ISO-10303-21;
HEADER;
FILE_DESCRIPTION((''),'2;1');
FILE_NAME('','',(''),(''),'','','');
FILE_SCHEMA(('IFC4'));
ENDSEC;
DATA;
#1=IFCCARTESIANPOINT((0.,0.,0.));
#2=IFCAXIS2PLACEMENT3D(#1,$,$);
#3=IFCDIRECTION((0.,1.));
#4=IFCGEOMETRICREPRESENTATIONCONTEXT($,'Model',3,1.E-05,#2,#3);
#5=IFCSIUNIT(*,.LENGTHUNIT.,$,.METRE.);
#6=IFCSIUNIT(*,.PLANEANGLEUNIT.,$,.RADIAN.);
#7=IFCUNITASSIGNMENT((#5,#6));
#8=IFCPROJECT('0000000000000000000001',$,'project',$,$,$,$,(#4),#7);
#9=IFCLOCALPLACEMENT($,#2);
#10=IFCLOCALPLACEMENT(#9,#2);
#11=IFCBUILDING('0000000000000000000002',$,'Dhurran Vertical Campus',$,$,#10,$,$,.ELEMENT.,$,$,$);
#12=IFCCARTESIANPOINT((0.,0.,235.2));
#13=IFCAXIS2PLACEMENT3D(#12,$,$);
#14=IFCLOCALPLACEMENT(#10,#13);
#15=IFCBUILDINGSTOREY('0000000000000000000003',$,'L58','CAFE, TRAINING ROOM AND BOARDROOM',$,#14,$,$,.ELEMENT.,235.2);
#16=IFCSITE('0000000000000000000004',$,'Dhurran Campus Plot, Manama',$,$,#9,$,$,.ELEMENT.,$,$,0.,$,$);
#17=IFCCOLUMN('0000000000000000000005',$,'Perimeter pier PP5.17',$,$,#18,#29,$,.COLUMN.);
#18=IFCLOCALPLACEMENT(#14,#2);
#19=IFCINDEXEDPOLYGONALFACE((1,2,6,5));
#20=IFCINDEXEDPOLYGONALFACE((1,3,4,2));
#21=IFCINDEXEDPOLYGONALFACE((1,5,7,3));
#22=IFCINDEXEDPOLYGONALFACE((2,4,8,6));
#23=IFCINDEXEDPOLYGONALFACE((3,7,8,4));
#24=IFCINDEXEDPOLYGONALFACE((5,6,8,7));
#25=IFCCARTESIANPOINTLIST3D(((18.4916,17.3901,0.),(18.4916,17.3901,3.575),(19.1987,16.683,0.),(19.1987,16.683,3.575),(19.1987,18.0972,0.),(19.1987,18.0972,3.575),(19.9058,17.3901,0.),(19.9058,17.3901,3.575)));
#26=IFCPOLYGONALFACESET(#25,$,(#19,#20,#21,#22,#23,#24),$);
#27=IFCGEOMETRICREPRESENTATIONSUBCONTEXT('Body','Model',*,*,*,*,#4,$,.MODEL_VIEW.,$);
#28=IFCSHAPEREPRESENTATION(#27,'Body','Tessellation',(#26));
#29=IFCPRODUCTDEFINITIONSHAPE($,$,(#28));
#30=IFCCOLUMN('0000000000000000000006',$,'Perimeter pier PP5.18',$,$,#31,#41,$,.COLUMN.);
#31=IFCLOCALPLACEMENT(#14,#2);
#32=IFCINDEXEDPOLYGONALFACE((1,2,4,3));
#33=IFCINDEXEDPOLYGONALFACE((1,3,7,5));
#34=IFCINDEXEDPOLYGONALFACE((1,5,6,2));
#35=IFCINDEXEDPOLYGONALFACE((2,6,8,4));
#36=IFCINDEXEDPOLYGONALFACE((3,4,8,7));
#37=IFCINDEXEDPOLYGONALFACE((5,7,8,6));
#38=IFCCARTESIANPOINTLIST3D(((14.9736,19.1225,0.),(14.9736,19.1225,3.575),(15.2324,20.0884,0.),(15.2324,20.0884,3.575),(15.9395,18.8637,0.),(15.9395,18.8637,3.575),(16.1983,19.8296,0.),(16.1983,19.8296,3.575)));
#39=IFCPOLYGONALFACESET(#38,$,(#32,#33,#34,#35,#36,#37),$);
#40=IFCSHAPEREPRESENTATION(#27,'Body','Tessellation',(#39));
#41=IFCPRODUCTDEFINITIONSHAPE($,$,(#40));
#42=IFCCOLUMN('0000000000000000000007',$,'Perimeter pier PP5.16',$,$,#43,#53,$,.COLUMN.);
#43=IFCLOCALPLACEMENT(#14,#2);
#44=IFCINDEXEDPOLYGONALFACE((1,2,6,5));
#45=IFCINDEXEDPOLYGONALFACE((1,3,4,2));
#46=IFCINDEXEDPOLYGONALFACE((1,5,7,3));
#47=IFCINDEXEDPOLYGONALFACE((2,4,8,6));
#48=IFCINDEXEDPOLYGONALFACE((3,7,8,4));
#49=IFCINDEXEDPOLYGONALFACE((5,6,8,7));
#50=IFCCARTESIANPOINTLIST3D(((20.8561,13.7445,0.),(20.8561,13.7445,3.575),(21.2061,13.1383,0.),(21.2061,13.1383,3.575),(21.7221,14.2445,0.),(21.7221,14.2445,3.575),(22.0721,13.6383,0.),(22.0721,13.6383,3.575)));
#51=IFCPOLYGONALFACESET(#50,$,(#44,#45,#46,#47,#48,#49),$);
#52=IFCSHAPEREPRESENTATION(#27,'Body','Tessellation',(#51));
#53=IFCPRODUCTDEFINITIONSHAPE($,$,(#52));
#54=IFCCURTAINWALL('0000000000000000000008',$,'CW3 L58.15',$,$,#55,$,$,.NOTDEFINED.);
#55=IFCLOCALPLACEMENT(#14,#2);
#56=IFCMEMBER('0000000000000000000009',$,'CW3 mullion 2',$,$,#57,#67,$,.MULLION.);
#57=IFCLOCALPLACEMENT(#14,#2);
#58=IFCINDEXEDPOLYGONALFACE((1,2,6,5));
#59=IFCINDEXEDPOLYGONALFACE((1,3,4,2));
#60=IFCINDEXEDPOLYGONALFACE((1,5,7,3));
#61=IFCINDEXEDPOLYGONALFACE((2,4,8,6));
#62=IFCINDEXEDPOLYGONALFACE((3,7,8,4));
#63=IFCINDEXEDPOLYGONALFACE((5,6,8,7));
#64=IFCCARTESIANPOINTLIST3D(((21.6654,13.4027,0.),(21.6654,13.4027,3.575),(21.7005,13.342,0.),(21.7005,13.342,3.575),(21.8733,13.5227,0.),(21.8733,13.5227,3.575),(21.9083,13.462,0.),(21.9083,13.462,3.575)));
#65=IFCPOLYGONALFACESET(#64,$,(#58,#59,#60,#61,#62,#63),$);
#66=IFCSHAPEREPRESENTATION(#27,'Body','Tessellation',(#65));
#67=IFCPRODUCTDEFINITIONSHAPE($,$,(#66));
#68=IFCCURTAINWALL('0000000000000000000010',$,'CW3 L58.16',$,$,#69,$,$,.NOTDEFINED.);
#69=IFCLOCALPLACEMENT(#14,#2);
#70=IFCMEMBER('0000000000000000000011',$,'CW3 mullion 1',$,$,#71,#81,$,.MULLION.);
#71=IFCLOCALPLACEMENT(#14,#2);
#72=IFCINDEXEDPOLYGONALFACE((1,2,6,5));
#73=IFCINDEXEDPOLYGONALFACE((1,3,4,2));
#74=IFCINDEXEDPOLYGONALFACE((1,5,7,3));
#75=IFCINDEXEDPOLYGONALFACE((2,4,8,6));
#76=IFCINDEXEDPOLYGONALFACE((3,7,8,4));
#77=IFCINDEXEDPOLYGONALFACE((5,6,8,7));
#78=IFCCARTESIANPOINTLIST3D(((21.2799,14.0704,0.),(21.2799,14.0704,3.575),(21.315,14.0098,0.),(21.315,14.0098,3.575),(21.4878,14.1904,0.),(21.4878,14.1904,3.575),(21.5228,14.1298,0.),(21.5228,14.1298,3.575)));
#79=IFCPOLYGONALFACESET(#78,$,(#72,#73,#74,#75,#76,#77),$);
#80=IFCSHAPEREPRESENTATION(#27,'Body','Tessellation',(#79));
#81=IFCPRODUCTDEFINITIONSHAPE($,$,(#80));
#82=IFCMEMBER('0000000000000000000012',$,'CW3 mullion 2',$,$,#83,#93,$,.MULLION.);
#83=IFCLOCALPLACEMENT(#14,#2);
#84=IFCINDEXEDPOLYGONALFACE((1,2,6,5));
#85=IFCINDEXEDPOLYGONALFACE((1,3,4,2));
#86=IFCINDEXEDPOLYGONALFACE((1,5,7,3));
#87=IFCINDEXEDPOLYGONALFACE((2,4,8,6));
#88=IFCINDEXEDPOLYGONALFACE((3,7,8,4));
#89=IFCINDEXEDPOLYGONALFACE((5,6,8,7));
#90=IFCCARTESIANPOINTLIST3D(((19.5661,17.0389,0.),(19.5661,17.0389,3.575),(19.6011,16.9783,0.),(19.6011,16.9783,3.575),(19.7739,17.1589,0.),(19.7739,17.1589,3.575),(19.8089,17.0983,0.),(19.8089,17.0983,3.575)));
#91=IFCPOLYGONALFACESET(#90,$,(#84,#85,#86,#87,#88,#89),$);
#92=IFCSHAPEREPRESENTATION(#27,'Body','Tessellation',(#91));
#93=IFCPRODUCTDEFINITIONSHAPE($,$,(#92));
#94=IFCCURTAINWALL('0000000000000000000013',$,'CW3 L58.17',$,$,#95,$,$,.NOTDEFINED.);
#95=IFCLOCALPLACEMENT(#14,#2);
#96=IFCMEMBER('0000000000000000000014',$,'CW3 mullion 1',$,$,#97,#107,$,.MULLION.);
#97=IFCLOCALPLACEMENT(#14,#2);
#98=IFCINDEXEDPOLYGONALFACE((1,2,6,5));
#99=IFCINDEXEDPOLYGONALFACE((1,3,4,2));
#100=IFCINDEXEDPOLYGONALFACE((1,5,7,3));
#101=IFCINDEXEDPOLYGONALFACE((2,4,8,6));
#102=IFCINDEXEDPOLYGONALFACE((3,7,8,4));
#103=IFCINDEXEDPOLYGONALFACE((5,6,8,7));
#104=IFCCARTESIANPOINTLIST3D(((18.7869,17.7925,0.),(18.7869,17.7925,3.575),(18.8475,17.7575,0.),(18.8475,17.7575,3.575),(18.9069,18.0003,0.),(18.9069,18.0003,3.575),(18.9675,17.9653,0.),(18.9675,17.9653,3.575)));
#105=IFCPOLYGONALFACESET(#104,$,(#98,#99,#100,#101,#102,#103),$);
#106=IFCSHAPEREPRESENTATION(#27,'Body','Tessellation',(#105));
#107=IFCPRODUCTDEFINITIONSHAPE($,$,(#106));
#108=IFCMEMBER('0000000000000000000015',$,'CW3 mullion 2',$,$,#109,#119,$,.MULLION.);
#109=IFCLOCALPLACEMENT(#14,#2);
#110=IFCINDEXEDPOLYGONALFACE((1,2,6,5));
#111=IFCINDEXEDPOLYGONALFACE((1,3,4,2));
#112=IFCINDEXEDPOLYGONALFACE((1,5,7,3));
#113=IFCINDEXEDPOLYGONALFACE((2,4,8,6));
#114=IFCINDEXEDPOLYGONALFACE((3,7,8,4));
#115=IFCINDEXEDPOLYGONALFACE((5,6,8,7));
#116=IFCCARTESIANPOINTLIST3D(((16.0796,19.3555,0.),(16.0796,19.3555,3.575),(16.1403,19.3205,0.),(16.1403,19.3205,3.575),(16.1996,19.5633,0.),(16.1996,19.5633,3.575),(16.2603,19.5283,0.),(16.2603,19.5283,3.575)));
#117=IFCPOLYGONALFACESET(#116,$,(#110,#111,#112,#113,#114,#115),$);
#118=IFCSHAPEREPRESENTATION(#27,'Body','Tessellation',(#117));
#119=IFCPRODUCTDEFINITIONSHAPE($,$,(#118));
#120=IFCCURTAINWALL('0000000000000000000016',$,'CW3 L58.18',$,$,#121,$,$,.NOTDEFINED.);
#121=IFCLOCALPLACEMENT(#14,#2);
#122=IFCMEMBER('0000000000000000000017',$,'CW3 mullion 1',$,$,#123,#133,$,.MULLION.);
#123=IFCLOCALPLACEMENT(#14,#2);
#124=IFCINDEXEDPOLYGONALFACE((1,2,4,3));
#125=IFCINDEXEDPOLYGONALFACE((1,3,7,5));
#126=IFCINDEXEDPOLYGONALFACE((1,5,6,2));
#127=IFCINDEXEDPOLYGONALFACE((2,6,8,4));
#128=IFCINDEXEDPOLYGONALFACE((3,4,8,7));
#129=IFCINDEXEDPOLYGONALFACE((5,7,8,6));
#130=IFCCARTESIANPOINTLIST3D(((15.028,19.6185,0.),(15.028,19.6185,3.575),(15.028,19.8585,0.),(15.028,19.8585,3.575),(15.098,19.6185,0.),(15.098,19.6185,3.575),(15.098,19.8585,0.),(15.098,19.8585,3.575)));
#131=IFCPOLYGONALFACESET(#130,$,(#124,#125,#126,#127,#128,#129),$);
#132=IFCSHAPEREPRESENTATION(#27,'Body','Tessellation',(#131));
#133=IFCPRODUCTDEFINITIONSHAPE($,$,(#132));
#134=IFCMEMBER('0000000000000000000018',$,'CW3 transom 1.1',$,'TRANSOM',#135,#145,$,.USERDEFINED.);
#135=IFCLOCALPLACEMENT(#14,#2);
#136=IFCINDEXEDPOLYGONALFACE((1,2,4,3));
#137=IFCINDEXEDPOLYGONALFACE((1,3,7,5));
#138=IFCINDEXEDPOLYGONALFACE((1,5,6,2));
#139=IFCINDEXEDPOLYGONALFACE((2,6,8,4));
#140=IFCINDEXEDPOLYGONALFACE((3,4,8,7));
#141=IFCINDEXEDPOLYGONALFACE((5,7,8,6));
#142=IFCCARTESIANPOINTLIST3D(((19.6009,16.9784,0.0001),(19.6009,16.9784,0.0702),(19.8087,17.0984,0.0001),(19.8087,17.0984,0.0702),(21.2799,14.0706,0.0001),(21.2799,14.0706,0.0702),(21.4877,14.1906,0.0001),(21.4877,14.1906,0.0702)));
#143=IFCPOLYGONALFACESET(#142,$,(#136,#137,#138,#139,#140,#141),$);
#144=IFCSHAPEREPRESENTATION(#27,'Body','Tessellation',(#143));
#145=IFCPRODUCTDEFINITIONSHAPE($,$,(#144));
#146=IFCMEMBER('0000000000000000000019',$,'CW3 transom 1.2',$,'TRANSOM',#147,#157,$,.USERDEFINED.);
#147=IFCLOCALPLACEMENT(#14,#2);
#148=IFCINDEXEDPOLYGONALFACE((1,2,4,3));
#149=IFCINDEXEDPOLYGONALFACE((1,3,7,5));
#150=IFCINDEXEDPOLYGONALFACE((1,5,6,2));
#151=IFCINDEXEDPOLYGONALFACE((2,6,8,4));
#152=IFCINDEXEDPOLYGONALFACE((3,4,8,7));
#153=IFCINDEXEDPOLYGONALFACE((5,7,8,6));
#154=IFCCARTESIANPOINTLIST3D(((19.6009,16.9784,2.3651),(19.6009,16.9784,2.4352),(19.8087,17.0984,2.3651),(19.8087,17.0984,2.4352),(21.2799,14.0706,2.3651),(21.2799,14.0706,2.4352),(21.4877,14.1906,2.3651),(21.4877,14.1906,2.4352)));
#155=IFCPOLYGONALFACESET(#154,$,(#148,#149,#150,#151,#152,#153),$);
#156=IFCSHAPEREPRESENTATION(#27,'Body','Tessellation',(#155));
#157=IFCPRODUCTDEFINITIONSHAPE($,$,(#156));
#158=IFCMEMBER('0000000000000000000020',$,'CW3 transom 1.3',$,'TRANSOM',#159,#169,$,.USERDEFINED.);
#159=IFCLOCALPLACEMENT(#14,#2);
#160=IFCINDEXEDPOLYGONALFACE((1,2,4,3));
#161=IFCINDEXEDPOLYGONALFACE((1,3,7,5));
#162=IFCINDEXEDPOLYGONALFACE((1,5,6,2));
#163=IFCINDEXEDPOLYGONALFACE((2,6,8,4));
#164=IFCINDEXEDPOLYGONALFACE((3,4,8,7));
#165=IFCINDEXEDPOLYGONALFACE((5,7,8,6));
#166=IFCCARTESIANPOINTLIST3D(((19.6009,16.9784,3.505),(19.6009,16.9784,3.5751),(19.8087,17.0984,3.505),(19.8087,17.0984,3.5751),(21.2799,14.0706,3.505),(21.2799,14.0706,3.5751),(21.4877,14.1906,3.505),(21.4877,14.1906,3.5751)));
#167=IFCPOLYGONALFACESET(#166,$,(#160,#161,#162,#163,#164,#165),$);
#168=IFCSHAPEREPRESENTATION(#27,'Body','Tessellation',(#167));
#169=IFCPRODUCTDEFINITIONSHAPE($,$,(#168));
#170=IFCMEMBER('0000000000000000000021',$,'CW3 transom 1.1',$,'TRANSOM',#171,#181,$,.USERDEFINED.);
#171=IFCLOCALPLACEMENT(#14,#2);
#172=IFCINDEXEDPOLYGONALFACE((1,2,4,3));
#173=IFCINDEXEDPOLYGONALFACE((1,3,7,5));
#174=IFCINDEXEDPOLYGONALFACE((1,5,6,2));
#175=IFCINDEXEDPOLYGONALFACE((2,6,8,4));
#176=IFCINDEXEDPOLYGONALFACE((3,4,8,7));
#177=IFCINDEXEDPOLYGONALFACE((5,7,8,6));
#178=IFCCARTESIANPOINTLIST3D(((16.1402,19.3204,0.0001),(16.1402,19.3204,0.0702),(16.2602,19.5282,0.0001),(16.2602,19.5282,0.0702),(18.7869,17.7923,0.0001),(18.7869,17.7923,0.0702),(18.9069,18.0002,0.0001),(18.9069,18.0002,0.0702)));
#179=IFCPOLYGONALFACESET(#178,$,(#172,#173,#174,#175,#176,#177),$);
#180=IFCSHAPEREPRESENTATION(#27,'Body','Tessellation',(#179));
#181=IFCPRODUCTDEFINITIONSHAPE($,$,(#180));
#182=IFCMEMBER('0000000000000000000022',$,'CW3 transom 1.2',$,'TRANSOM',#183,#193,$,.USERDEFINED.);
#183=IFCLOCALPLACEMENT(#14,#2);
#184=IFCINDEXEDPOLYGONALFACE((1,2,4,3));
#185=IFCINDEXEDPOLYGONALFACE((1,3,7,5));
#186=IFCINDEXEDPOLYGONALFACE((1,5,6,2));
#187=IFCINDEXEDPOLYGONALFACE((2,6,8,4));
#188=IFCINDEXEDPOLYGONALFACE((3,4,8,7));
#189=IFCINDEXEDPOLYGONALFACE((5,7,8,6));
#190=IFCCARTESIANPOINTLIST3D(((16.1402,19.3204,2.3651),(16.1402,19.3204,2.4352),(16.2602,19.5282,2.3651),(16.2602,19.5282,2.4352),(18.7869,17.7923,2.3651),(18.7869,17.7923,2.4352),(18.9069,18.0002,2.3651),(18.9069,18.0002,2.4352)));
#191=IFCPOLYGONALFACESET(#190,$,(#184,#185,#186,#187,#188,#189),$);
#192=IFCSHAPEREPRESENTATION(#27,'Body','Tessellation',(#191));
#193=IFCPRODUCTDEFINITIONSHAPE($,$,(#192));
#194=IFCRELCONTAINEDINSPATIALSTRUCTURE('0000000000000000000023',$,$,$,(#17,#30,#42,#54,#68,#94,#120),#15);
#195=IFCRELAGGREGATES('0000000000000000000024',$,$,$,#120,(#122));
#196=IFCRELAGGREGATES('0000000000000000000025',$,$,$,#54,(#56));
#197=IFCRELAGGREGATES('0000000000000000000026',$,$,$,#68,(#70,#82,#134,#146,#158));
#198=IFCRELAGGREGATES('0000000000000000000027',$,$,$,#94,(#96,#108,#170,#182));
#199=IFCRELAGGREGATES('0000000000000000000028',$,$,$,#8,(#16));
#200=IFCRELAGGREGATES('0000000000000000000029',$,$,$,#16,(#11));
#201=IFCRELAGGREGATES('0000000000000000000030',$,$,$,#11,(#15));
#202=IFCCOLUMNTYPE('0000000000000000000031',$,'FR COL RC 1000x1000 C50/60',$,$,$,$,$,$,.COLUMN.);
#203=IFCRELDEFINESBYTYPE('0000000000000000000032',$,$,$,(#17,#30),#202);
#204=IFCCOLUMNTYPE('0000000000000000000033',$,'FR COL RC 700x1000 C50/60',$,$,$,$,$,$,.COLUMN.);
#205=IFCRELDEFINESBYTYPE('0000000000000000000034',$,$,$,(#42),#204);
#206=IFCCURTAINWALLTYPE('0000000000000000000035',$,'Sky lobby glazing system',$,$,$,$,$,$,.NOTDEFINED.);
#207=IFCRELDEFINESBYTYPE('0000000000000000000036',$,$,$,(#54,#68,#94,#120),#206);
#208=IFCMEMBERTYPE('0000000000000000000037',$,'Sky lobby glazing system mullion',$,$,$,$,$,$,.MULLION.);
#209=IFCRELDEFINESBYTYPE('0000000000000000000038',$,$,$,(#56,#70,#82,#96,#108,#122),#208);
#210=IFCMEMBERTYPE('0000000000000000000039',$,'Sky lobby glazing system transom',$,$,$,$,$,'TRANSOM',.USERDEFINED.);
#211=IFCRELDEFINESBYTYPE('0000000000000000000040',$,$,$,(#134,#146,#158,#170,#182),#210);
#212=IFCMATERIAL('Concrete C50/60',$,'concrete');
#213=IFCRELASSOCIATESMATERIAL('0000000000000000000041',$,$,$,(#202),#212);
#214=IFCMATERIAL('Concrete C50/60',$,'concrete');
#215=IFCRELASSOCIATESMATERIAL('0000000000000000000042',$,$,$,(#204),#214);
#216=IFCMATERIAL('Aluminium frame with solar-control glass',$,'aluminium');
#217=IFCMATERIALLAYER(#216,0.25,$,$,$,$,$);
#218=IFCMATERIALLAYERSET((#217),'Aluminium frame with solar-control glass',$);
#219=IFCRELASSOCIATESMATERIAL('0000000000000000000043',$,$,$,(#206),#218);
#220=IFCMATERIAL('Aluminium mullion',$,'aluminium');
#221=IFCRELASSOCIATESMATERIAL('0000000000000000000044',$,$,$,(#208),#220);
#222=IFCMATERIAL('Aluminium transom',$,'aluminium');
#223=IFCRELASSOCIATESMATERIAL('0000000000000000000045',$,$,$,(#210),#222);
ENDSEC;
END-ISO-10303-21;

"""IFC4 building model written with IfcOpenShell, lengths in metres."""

from ifc_helpers import new_model, si_unit, direction, frame, origin, origin_2d, place, context, subcontext, project, spatial, rectangle, extrude, material, layer, layer_set, material_profile, profile_set, type_object, element, aggregate, save


model = new_model("IFC4")

# Units and contexts
model_context = context("Model", 3, precision=1e-05, world=origin(), true_north=direction((0.0, 1.0)))
body_context = subcontext(model_context, "Body", "Model", "MODEL_VIEW")
ifc_project = project(units=[si_unit("LENGTHUNIT", "METRE"), si_unit("PLANEANGLEUNIT", "RADIAN")], contexts=[model_context])

# Site, building, storey
site_placement = place(None, origin())
site = spatial("IfcSite", under=ifc_project, at=site_placement, Name="Dhurran Campus Plot, Manama", CompositionType="ELEMENT", RefElevation=0.0)
building_placement = place(site_placement, origin())
building = spatial("IfcBuilding", under=site, at=building_placement, Name="Dhurran Vertical Campus", CompositionType="ELEMENT")
storey_placement = place(building_placement, frame((0.0, 0.0, 235.2)))
storey = spatial("IfcBuildingStorey", under=building, at=storey_placement, Name="L58", Description="CAFE, TRAINING ROOM AND BOARDROOM", CompositionType="ELEMENT", Elevation=235.2)

# Columns
ifc_material_1 = material(Name="Concrete C50/60", Category="concrete")
ifc_material_profile_1 = material_profile(ifc_material_1, rectangle(XDim=1.0, YDim=1.0, at=origin_2d()), Name="RC 1000x1000")
ifc_profile_set_1 = profile_set([ifc_material_profile_1], Name="Concrete C50/60")
column_type_1 = type_object("IfcColumnType", Name="FR COL RC 1000x1000 C50/60", PredefinedType="COLUMN", material=ifc_profile_set_1)
for number, where, z_axis, x_axis, name in (
    (1, (19.1987, 17.3901, 0.0), (0.0, 0.0, 1.0), (-0.707107, 0.707107, 0.0), "Perimeter pier PP5.17"),
    (2, (15.5859, 19.4761, 0.0), (0.0, 0.0, 1.0), (-0.965926, 0.258819, 0.0), "Perimeter pier PP5.18"),
):
    element("IfcColumn", number, at=place(storey_placement, frame(where, z_axis=z_axis, x_axis=x_axis)), inside=storey, type_object=column_type_1, Name=name, PredefinedType="COLUMN", context=body_context, shape_type="SweptSolid", body=[
        extrude(rectangle(XDim=1.0, YDim=1.0, at=origin_2d()), origin(), (0.0, 0.0, 1.0), 3.575),
    ])
ifc_material_2 = material(Name="Concrete C50/60", Category="concrete")
ifc_material_profile_2 = material_profile(ifc_material_2, rectangle(XDim=0.7, YDim=1.0, at=origin_2d()), Name="RC 700x1000")
ifc_profile_set_2 = profile_set([ifc_material_profile_2], Name="Concrete C50/60")
column_type_2 = type_object("IfcColumnType", Name="FR COL RC 700x1000 C50/60", PredefinedType="COLUMN", material=ifc_profile_set_2)
column_placement = place(storey_placement, frame((21.4641, 13.6914, 0.0), z_axis=(0.0, 0.0, 1.0), x_axis=(-0.5, 0.866025, 0.0)))
element("IfcColumn", 3, at=column_placement, inside=storey, type_object=column_type_2, Name="Perimeter pier PP5.16", PredefinedType="COLUMN", context=body_context, shape_type="SweptSolid", body=[
    extrude(rectangle(XDim=0.7, YDim=1.0, at=origin_2d()), origin(), (0.0, 0.0, 1.0), 3.575),
])

# Curtain wall, member
ifc_material_3 = material(Name="Aluminium frame with solar-control glass", Category="aluminium")
ifc_layer_1 = layer(ifc_material_3, 0.25)
ifc_layer_set_1 = layer_set([ifc_layer_1], Name="Aluminium frame with solar-control glass")
curtain_wall_type = type_object("IfcCurtainWallType", Name="Sky lobby glazing system", PredefinedType="NOTDEFINED", material=ifc_layer_set_1)
curtain_wall_1_placement = place(storey_placement, origin())
curtain_wall_1 = element("IfcCurtainWall", 4, at=curtain_wall_1_placement, inside=storey, type_object=curtain_wall_type, Name="CW3 L58.15", PredefinedType="NOTDEFINED")
ifc_material_4 = material(Name="Aluminium mullion", Category="aluminium")
ifc_material_profile_3 = material_profile(ifc_material_4, rectangle(XDim=0.24, YDim=0.0701, at=origin_2d()), Name="Sky lobby glazing system mullion")
ifc_profile_set_3 = profile_set([ifc_material_profile_3], Name="Aluminium mullion")
member_type_1 = type_object("IfcMemberType", Name="Sky lobby glazing system mullion", PredefinedType="MULLION", material=ifc_profile_set_3)
member_1_placement = place(storey_placement, frame((21.7869, 13.4324, 0.0), z_axis=(0.0, 0.0, 1.0), x_axis=(-0.866023, -0.500003, 0.0)))
member_1 = element("IfcMember", 5, at=member_1_placement, type_object=member_type_1, Name="CW3 mullion 2", PredefinedType="MULLION", context=body_context, shape_type="SweptSolid", body=[
    extrude(rectangle(XDim=0.24, YDim=0.0701, at=origin_2d()), origin(), (0.0, 0.0, 1.0), 3.575),
])

# Curtain walls, members
curtain_wall_2_placement = place(storey_placement, origin())
curtain_wall_2 = element("IfcCurtainWall", 6, at=curtain_wall_2_placement, inside=storey, type_object=curtain_wall_type, Name="CW3 L58.16", PredefinedType="NOTDEFINED")
member_2_placement = place(storey_placement, frame((21.4014, 14.1001, 0.0), z_axis=(0.0, 0.0, 1.0), x_axis=(-0.866019, -0.50001, 0.0)))
member_2 = element("IfcMember", 7, at=member_2_placement, type_object=member_type_1, Name="CW3 mullion 1", PredefinedType="MULLION", context=body_context, shape_type="SweptSolid", body=[
    extrude(rectangle(XDim=0.24, YDim=0.0701, at=origin_2d()), origin(), (0.0, 0.0, 1.0), 3.575),
])
member_3_placement = place(storey_placement, frame((19.6875, 17.0686, 0.0), z_axis=(0.0, 0.0, 1.0), x_axis=(-0.866019, -0.50001, 0.0)))
member_3 = element("IfcMember", 8, at=member_3_placement, type_object=member_type_1, Name="CW3 mullion 2", PredefinedType="MULLION", context=body_context, shape_type="SweptSolid", body=[
    extrude(rectangle(XDim=0.24, YDim=0.0701, at=origin_2d()), origin(), (0.0, 0.0, 1.0), 3.575),
])
curtain_wall_3_placement = place(storey_placement, origin())
curtain_wall_3 = element("IfcCurtainWall", 9, at=curtain_wall_3_placement, inside=storey, type_object=curtain_wall_type, Name="CW3 L58.17", PredefinedType="NOTDEFINED")
member_4_placement = place(storey_placement, frame((18.8772, 17.8789, 0.0), z_axis=(0.0, 0.0, 1.0), x_axis=(-0.499999, -0.866026, 0.0)))
member_4 = element("IfcMember", 10, at=member_4_placement, type_object=member_type_1, Name="CW3 mullion 1", PredefinedType="MULLION", context=body_context, shape_type="SweptSolid", body=[
    extrude(rectangle(XDim=0.24, YDim=0.0701, at=origin_2d()), origin(), (0.0, 0.0, 1.0), 3.575),
])
member_5_placement = place(storey_placement, frame((16.1699, 19.4419, 0.0), z_axis=(0.0, 0.0, 1.0), x_axis=(-0.499999, -0.866026, 0.0)))
member_5 = element("IfcMember", 11, at=member_5_placement, type_object=member_type_1, Name="CW3 mullion 2", PredefinedType="MULLION", context=body_context, shape_type="SweptSolid", body=[
    extrude(rectangle(XDim=0.24, YDim=0.0701, at=origin_2d()), origin(), (0.0, 0.0, 1.0), 3.575),
])

# Curtain wall, member
curtain_wall_4_placement = place(storey_placement, origin())
curtain_wall_4 = element("IfcCurtainWall", 12, at=curtain_wall_4_placement, inside=storey, type_object=curtain_wall_type, Name="CW3 L58.18", PredefinedType="NOTDEFINED")
member_6_placement = place(storey_placement, frame((15.063, 19.7385, 0.0), z_axis=(0.0, 0.0, 1.0), x_axis=(0.0, -1.0, 0.0)))
member_6 = element("IfcMember", 13, at=member_6_placement, type_object=member_type_1, Name="CW3 mullion 1", PredefinedType="MULLION", context=body_context, shape_type="SweptSolid", body=[
    extrude(rectangle(XDim=0.24, YDim=0.0701, at=origin_2d()), origin(), (0.0, 0.0, 1.0), 3.575),
])

# Members
ifc_material_5 = material(Name="Aluminium transom", Category="aluminium")
ifc_material_profile_4 = material_profile(ifc_material_5, rectangle(XDim=0.24, YDim=0.0701, at=origin_2d()), Name="Sky lobby glazing system transom")
ifc_profile_set_4 = profile_set([ifc_material_profile_4], Name="Aluminium transom")
member_type_2 = type_object("IfcMemberType", Name="Sky lobby glazing system transom", ElementType="TRANSOM", PredefinedType="USERDEFINED", material=ifc_profile_set_4)
member_7_placement = place(storey_placement, frame((21.3838, 14.1306, 0.0352), z_axis=(-0.500041, 0.866002, 0.0), x_axis=(-0.866002, -0.500041, 0.0)))
member_7 = element("IfcMember", 14, at=member_7_placement, type_object=member_type_2, Name="CW3 transom 1.1", ObjectType="TRANSOM", PredefinedType="USERDEFINED", context=body_context, shape_type="SweptSolid", body=[
    extrude(rectangle(XDim=0.24, YDim=0.0701, at=origin_2d()), origin(), (0.0, 0.0, 1.0), 3.3577),
])
member_8_placement = place(storey_placement, frame((21.3838, 14.1306, 2.4001), z_axis=(-0.500041, 0.866002, 0.0), x_axis=(-0.866002, -0.500041, 0.0)))
member_8 = element("IfcMember", 15, at=member_8_placement, type_object=member_type_2, Name="CW3 transom 1.2", ObjectType="TRANSOM", PredefinedType="USERDEFINED", context=body_context, shape_type="SweptSolid", body=[
    extrude(rectangle(XDim=0.24, YDim=0.0701, at=origin_2d()), origin(), (0.0, 0.0, 1.0), 3.3577),
])
member_9_placement = place(storey_placement, frame((21.3838, 14.1306, 3.54), z_axis=(-0.500041, 0.866002, 0.0), x_axis=(-0.866002, -0.500041, 0.0)))
member_9 = element("IfcMember", 16, at=member_9_placement, type_object=member_type_2, Name="CW3 transom 1.3", ObjectType="TRANSOM", PredefinedType="USERDEFINED", context=body_context, shape_type="SweptSolid", body=[
    extrude(rectangle(XDim=0.24, YDim=0.0701, at=origin_2d()), origin(), (0.0, 0.0, 1.0), 3.3577),
])
member_10_placement = place(storey_placement, frame((18.8469, 17.8962, 0.0352), z_axis=(-0.866027, 0.499997, 0.0), x_axis=(-0.499997, -0.866027, 0.0)))
member_10 = element("IfcMember", 17, at=member_10_placement, type_object=member_type_2, Name="CW3 transom 1.1", ObjectType="TRANSOM", PredefinedType="USERDEFINED", context=body_context, shape_type="SweptSolid", body=[
    extrude(rectangle(XDim=0.24, YDim=0.0701, at=origin_2d()), origin(), (0.0, 0.0, 1.0), 3.0562),
])
member_11_placement = place(storey_placement, frame((18.8469, 17.8962, 2.4001), z_axis=(-0.866027, 0.499997, 0.0), x_axis=(-0.499997, -0.866027, 0.0)))
member_11 = element("IfcMember", 18, at=member_11_placement, type_object=member_type_2, Name="CW3 transom 1.2", ObjectType="TRANSOM", PredefinedType="USERDEFINED", context=body_context, shape_type="SweptSolid", body=[
    extrude(rectangle(XDim=0.24, YDim=0.0701, at=origin_2d()), origin(), (0.0, 0.0, 1.0), 3.0562),
])
aggregate(curtain_wall_4, [member_6])

aggregate(curtain_wall_1, [member_1])
aggregate(curtain_wall_2, [member_2, member_3, member_7, member_8, member_9])
aggregate(curtain_wall_3, [member_4, member_5, member_10, member_11])

save(model, "model.ifc")
